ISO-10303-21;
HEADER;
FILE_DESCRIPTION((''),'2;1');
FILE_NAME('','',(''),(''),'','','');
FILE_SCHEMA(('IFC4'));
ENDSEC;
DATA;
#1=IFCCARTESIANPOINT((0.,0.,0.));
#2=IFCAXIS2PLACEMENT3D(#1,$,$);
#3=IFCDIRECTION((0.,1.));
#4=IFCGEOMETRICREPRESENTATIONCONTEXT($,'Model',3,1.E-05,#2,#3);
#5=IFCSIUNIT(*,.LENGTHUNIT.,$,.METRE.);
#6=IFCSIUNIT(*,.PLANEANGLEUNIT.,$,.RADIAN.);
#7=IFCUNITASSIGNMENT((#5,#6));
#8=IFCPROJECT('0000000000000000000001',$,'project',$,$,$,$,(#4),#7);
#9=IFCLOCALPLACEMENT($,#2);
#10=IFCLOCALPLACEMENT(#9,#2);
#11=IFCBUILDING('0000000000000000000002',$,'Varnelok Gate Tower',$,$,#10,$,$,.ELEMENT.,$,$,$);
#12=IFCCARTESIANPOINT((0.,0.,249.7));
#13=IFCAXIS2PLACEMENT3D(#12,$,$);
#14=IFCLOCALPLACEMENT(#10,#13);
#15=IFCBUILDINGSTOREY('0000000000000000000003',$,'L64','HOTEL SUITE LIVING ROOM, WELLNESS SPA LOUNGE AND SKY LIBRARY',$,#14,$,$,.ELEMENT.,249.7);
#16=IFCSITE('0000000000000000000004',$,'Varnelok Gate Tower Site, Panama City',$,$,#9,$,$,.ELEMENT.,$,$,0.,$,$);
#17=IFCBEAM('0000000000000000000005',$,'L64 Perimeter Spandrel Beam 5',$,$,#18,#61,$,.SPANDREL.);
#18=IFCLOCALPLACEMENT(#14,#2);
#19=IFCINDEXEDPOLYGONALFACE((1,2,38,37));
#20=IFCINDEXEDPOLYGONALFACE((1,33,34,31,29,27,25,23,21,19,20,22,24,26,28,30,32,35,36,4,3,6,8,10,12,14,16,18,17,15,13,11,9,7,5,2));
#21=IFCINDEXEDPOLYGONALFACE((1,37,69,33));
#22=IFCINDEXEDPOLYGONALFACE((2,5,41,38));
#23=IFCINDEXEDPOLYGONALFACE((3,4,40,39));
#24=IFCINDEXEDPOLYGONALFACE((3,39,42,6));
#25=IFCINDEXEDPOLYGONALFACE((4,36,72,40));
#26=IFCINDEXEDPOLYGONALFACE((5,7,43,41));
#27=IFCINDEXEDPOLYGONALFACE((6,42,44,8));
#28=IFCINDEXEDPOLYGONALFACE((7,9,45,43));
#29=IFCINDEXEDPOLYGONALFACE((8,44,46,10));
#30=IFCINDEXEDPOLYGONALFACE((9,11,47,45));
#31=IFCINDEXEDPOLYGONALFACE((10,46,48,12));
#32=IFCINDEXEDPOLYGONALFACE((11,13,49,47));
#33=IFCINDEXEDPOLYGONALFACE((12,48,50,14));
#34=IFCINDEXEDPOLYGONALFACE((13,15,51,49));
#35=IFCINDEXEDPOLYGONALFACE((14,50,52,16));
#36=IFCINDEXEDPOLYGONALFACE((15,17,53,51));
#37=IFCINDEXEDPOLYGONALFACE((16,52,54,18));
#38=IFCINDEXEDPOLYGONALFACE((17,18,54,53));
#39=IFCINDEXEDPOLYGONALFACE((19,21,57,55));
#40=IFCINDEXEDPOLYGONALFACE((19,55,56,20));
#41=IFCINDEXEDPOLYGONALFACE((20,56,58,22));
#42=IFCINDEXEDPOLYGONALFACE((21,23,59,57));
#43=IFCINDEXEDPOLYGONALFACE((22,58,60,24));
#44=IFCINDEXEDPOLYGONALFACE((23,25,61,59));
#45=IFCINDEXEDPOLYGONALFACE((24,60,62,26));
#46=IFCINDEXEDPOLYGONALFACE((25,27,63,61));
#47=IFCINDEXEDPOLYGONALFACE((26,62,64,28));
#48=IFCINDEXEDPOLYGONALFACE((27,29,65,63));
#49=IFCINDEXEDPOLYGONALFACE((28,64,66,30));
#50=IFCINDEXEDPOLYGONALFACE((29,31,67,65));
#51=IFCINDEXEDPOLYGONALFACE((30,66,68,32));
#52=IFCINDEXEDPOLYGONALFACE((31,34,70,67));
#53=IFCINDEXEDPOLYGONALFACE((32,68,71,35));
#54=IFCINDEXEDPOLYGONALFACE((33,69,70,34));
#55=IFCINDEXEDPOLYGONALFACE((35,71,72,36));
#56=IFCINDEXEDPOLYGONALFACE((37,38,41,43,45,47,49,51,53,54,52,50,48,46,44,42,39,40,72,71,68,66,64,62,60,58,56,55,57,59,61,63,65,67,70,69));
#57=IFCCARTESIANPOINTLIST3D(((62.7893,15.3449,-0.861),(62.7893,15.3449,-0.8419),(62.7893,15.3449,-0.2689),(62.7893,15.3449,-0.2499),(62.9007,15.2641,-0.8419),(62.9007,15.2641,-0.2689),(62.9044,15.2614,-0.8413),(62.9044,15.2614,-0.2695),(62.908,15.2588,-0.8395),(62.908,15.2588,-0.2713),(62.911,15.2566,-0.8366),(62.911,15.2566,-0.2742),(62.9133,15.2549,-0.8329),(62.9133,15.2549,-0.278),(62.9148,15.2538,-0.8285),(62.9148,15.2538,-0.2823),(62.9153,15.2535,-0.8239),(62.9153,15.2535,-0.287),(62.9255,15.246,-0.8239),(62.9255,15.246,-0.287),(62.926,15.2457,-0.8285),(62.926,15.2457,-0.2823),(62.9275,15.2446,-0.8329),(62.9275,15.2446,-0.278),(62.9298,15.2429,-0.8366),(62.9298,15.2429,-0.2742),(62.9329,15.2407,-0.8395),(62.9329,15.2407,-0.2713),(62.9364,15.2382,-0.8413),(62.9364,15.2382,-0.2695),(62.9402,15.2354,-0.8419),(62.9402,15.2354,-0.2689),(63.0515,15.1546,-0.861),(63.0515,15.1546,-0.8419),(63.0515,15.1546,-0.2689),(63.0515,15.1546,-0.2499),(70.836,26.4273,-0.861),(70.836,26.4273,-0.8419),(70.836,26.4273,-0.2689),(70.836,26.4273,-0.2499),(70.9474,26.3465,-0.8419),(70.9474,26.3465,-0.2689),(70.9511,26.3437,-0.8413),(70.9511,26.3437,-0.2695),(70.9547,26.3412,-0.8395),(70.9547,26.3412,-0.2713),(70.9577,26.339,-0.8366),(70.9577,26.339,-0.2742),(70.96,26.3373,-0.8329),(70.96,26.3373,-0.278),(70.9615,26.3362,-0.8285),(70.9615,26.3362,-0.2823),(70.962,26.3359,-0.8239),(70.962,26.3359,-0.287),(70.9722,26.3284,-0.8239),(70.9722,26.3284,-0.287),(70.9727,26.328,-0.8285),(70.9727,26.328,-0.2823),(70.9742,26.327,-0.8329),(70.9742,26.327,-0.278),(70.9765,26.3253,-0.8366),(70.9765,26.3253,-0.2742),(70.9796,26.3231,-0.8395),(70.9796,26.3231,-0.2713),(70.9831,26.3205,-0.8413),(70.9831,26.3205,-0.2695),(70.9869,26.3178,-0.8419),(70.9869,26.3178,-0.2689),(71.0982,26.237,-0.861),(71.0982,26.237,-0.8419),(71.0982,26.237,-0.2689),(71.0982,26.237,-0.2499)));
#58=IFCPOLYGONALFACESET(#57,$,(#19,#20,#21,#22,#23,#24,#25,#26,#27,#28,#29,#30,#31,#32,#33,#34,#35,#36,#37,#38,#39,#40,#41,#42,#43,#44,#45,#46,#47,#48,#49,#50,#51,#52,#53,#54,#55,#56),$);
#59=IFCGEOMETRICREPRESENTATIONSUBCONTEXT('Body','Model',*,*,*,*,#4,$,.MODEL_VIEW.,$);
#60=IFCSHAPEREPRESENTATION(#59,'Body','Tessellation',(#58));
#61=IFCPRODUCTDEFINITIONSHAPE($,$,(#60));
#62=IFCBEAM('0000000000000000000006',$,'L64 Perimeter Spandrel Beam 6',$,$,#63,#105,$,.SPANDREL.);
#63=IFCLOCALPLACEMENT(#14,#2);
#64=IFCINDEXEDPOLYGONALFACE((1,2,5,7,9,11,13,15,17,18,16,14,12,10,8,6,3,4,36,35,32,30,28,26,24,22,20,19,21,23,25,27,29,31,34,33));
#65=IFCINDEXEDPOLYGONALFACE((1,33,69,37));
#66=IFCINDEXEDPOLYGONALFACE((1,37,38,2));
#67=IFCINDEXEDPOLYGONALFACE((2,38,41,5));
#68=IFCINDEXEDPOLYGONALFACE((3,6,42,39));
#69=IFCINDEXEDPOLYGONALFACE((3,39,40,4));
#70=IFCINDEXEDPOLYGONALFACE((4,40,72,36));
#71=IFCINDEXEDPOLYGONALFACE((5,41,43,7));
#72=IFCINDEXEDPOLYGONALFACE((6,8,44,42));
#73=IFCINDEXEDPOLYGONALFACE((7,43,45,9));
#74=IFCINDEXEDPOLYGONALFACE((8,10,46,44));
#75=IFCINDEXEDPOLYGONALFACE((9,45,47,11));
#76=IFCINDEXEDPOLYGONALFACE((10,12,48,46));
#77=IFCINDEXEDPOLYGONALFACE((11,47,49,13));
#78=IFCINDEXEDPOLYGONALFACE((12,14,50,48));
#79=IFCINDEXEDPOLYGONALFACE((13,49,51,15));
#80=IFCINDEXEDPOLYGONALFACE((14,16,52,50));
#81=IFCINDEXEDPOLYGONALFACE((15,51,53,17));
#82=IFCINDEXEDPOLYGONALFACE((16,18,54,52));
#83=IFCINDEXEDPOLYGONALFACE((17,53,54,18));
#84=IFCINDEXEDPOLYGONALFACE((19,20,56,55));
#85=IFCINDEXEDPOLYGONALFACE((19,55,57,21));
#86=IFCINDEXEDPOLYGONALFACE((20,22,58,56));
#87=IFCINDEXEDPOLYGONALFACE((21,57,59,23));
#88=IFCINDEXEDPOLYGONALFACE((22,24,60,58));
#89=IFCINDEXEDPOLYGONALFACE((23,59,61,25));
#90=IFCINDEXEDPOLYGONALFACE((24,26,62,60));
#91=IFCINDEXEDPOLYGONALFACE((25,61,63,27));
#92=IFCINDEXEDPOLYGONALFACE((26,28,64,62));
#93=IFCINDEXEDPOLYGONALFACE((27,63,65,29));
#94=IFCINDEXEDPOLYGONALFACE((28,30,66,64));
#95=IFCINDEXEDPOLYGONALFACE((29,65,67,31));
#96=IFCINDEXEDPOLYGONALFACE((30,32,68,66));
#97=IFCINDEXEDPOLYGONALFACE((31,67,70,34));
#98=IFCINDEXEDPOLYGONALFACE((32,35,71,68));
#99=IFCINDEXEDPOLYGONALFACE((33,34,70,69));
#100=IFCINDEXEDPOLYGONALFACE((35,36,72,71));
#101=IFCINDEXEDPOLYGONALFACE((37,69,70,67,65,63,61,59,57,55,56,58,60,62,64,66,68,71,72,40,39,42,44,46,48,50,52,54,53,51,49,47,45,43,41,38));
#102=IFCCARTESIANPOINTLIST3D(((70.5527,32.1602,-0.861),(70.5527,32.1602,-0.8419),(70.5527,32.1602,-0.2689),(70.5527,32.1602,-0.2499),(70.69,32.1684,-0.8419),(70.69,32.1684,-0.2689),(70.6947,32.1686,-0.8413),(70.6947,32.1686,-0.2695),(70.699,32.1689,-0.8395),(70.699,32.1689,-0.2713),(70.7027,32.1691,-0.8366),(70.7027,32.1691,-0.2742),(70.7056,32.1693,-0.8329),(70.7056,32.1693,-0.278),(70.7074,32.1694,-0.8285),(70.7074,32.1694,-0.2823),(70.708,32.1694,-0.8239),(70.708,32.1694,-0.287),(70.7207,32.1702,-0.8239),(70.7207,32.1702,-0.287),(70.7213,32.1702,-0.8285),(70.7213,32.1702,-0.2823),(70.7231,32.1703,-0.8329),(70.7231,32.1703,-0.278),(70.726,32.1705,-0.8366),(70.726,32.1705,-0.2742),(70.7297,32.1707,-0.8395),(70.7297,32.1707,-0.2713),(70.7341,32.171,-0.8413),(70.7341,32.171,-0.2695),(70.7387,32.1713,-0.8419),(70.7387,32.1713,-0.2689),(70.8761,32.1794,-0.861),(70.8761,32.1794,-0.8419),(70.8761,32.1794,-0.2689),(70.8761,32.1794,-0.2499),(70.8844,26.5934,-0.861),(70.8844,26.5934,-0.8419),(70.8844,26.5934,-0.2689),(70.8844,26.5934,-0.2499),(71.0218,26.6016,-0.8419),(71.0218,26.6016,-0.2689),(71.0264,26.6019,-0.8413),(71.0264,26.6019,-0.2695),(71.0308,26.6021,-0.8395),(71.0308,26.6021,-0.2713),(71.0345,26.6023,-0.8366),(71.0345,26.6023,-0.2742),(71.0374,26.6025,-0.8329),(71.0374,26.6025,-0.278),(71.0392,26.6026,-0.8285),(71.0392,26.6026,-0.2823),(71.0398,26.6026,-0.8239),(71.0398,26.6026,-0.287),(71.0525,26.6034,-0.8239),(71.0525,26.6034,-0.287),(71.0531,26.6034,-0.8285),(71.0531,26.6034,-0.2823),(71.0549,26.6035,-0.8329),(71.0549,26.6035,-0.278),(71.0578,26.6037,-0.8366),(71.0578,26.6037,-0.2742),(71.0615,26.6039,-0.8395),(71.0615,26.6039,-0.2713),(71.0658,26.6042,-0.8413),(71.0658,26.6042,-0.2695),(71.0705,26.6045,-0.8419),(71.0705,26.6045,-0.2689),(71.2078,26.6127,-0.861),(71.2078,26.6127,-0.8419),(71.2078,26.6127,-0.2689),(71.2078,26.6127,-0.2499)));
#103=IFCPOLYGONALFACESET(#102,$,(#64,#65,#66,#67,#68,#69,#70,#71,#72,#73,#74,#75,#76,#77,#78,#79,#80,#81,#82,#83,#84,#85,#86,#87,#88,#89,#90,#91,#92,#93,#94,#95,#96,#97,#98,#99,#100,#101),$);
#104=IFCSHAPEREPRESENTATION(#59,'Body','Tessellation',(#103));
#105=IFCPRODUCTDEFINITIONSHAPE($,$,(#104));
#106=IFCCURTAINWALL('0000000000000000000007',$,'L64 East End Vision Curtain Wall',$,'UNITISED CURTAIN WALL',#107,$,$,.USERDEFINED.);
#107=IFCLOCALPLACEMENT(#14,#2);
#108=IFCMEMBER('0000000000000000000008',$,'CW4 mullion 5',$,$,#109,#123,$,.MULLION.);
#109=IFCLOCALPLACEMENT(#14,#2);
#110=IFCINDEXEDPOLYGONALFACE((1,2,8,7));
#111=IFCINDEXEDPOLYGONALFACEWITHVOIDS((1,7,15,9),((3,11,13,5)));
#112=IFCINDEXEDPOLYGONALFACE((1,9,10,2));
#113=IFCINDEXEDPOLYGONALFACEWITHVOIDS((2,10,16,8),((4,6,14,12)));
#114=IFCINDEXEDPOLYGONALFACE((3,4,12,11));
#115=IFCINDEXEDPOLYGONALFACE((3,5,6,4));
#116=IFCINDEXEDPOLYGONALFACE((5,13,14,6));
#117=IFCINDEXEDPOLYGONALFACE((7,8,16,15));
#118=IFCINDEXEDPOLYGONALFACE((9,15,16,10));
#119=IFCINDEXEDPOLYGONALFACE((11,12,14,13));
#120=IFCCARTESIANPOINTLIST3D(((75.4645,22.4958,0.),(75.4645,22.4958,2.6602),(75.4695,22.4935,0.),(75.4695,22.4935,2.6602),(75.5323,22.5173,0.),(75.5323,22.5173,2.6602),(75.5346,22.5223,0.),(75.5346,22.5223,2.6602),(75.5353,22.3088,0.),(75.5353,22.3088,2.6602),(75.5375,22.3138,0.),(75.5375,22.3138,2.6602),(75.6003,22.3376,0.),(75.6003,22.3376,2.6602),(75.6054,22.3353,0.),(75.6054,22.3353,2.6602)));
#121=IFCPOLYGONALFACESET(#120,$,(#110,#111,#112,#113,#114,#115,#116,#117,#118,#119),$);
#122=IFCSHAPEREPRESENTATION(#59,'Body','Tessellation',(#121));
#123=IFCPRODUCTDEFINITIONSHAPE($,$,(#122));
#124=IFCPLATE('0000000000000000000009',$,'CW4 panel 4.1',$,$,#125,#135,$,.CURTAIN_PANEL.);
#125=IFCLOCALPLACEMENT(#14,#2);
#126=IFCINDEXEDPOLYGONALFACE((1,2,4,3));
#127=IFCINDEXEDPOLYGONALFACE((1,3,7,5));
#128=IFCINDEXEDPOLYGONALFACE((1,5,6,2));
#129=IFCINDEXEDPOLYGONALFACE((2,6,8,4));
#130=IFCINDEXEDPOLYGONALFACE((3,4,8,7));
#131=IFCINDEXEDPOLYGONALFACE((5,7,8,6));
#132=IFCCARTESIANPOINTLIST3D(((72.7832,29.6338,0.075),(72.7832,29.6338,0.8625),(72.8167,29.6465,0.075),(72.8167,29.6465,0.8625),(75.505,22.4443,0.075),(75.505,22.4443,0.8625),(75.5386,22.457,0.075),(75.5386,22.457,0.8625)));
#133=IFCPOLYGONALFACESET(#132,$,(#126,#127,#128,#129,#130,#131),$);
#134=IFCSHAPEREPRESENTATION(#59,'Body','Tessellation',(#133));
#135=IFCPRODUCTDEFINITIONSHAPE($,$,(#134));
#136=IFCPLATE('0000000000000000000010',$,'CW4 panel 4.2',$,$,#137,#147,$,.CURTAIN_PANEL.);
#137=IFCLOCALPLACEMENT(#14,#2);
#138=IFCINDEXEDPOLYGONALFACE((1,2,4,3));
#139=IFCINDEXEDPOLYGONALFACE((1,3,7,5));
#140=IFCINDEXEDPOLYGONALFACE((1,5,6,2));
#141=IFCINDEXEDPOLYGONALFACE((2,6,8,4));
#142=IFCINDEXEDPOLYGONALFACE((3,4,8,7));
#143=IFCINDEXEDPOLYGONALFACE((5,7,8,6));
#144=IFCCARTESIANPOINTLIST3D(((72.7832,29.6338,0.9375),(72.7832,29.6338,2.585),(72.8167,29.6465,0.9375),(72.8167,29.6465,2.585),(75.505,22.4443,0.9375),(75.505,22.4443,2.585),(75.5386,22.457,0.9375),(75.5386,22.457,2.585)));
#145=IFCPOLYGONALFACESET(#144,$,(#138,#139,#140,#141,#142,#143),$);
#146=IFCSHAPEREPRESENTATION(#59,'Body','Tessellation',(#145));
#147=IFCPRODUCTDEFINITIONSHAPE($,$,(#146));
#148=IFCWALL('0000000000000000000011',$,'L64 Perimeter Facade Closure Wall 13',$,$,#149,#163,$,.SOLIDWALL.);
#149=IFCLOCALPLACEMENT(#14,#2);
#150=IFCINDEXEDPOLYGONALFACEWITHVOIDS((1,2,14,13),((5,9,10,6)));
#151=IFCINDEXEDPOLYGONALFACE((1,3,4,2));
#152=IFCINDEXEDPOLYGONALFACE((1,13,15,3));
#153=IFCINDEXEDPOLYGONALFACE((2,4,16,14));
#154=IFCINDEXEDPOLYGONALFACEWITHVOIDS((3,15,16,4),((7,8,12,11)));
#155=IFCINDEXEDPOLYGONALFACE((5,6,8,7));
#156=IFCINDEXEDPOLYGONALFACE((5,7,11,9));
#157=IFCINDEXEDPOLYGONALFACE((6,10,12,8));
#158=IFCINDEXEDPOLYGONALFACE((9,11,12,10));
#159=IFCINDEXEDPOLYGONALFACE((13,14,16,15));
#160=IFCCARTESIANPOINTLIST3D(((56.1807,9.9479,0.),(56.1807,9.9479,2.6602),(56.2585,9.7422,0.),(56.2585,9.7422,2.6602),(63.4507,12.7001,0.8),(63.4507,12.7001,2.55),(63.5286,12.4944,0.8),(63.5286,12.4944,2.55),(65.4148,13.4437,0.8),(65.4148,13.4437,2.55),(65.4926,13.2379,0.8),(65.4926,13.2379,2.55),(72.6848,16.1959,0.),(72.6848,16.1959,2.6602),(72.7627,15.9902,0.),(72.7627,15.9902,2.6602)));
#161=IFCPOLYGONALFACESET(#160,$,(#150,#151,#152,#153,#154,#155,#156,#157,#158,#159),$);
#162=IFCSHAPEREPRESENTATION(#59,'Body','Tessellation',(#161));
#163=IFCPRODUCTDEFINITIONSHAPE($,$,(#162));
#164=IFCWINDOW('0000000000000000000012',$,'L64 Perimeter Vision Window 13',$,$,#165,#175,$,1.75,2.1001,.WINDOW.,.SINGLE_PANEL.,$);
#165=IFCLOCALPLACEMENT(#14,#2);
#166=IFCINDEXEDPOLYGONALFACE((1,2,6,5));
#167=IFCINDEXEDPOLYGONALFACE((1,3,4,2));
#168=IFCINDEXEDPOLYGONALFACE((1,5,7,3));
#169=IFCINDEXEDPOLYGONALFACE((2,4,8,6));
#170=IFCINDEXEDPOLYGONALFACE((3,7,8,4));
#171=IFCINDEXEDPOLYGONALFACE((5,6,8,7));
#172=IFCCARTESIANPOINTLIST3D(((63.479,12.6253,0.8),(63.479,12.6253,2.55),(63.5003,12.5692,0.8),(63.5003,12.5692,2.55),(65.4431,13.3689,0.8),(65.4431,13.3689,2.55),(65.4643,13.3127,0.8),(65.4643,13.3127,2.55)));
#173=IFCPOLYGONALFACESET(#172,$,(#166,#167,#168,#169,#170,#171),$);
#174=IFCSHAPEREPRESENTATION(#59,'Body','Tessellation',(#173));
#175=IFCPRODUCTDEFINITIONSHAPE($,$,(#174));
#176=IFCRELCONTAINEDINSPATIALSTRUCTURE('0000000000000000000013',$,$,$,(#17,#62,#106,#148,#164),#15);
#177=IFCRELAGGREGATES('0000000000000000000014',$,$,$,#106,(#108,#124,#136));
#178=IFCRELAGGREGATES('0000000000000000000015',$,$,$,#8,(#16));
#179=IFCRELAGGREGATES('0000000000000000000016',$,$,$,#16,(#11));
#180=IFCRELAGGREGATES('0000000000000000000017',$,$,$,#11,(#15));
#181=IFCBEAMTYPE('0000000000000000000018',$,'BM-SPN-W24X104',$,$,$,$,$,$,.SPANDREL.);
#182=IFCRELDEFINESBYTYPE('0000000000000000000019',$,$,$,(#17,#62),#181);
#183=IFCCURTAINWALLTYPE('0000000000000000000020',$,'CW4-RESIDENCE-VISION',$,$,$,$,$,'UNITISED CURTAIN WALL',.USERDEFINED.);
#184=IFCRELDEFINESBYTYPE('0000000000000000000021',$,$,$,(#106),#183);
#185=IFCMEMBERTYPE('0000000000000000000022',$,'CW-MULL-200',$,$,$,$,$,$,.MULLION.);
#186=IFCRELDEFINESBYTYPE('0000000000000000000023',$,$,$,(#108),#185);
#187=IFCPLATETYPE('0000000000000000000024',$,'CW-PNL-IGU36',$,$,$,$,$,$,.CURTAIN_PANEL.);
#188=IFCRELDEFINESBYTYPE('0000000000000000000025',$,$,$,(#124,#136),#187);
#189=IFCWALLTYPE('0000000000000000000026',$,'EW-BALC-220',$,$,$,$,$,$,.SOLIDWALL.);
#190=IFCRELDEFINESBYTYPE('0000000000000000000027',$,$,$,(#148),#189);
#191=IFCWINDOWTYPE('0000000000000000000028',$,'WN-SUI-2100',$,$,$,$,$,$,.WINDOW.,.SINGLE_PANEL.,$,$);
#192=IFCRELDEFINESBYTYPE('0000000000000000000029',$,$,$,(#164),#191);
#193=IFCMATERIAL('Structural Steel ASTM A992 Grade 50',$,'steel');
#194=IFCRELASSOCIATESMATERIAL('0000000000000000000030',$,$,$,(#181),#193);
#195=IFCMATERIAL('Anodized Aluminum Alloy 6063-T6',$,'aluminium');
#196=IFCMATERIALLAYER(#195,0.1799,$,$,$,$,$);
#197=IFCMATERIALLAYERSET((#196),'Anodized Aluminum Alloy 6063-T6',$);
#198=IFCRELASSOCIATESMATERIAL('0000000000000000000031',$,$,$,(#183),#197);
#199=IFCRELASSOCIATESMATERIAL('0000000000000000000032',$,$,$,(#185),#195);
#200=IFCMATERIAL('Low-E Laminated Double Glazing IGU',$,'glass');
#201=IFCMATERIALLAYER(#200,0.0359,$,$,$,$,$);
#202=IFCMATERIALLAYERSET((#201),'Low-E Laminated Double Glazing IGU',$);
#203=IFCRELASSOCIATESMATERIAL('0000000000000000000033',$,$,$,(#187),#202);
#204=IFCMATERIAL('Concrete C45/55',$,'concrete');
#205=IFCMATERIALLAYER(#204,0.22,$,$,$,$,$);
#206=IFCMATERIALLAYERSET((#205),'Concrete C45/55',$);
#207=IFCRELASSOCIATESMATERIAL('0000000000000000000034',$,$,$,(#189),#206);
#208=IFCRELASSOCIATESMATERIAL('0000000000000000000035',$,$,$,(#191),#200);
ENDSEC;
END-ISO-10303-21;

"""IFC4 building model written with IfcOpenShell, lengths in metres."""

from ifc_helpers import new_model, si_unit, direction, frame, frame_2d, origin, origin_2d, place, context, subcontext, project, spatial, rectangle, hollow_rectangle, i_section, extrude, source, transform, mapped, material, layer, layer_set, material_profile, profile_set, type_object, element, fill, aggregate, save


model = new_model("IFC4")

# Units and contexts
model_context = context("Model", 3, precision=1e-05, world=origin(), true_north=direction((0.0, 1.0)))
body_context = subcontext(model_context, "Body", "Model", "MODEL_VIEW")
ifc_project = project(units=[si_unit("LENGTHUNIT", "METRE"), si_unit("PLANEANGLEUNIT", "RADIAN")], contexts=[model_context])

# Site, building, storey
site_placement = place(None, origin())
site = spatial("IfcSite", under=ifc_project, at=site_placement, Name="Varnelok Gate Tower Site, Panama City", CompositionType="ELEMENT", RefElevation=0.0)
building_placement = place(site_placement, origin())
building = spatial("IfcBuilding", under=site, at=building_placement, Name="Varnelok Gate Tower", CompositionType="ELEMENT")
storey_placement = place(building_placement, frame((0.0, 0.0, 249.7)))
storey = spatial("IfcBuildingStorey", under=building, at=storey_placement, Name="L64", Description="HOTEL SUITE LIVING ROOM, WELLNESS SPA LOUNGE AND SKY LIBRARY", CompositionType="ELEMENT", Elevation=249.7)

# Shared definitions
ifc_material_1 = material(Name="Structural Steel ASTM A992 Grade 50", Category="steel")

# Beams
ifc_material_profile_1 = material_profile(ifc_material_1, i_section(OverallWidth=0.324, OverallDepth=0.6111, WebThickness=0.0127, FlangeThickness=0.019, FilletRadius=0.0181, at=origin_2d()), Name="W24X104")
ifc_profile_set_1 = profile_set([ifc_material_profile_1], Name="Structural Steel ASTM A992 Grade 50")
beam_type_1 = type_object("IfcBeamType", Name="BM-SPN-W24X104", PredefinedType="SPANDREL", material=ifc_profile_set_1)
beam_1_placement = place(storey_placement, frame((62.9204, 15.2498, -0.5554), z_axis=(0.587541, 0.809195, 0.0), x_axis=(-0.809195, 0.587541, 0.0)))
element("IfcBeam", 1, at=beam_1_placement, inside=storey, type_object=beam_type_1, Name="L64 Perimeter Spandrel Beam 5", PredefinedType="SPANDREL", context=body_context, shape_type="SweptSolid", body=[
    extrude(i_section(OverallWidth=0.324, OverallDepth=0.6111, WebThickness=0.0127, FlangeThickness=0.019, FilletRadius=0.0181, at=origin_2d()), origin(), (0.0, 0.0, 1.0), 13.6956),
])
beam_2_placement = place(storey_placement, frame((71.0461, 26.603, -0.5554), z_axis=(-0.059494, 0.998229, 0.0), x_axis=(-0.998229, -0.059494, 0.0)))
element("IfcBeam", 2, at=beam_2_placement, inside=storey, type_object=beam_type_1, Name="L64 Perimeter Spandrel Beam 6", PredefinedType="SPANDREL", context=body_context, shape_type="SweptSolid", body=[
    extrude(i_section(OverallWidth=0.324, OverallDepth=0.6111, WebThickness=0.0127, FlangeThickness=0.019, FilletRadius=0.0181, at=origin_2d()), origin(), (0.0, 0.0, 1.0), 5.5767),
])

# Curtain wall, member, plates
ifc_material_2 = material(Name="Anodized Aluminum Alloy 6063-T6", Category="aluminium")
ifc_layer_1 = layer(ifc_material_2, 0.1799)
ifc_layer_set_1 = layer_set([ifc_layer_1], Name="Anodized Aluminum Alloy 6063-T6")
curtain_wall_type = type_object("IfcCurtainWallType", Name="CW4-RESIDENCE-VISION", ElementType="UNITISED CURTAIN WALL", PredefinedType="USERDEFINED", material=ifc_layer_set_1)
curtain_wall_placement = place(storey_placement, origin())
curtain_wall = element("IfcCurtainWall", 3, at=curtain_wall_placement, inside=storey, type_object=curtain_wall_type, Name="L64 East End Vision Curtain Wall", ObjectType="UNITISED CURTAIN WALL", PredefinedType="USERDEFINED")
ifc_material_profile_2 = material_profile(ifc_material_2, hollow_rectangle(XDim=0.075, YDim=0.2, WallThickness=0.0039, at=origin_2d()), Name="ALU200X75X4")
ifc_profile_set_2 = profile_set([ifc_material_profile_2], Name="Anodized Aluminum Alloy 6063-T6")
member_type = type_object("IfcMemberType", Name="CW-MULL-200", PredefinedType="MULLION", material=ifc_profile_set_2)
member_placement = place(storey_placement, frame((75.5349, 22.4155, 0.0), z_axis=(0.0, 0.0, 1.0), x_axis=(0.935222, 0.354063, 0.0)))
member = element("IfcMember", 4, at=member_placement, type_object=member_type, Name="CW4 mullion 5", PredefinedType="MULLION", context=body_context, shape_type="SweptSolid", body=[
    extrude(hollow_rectangle(XDim=0.075, YDim=0.2, WallThickness=0.0039, at=origin_2d()), origin(), (0.0, 0.0, 1.0), 2.6602),
])
ifc_material_3 = material(Name="Low-E Laminated Double Glazing IGU", Category="glass")
ifc_layer_2 = layer(ifc_material_3, 0.0359)
ifc_layer_set_2 = layer_set([ifc_layer_2], Name="Low-E Laminated Double Glazing IGU")
plate_type = type_object("IfcPlateType", Name="CW-PNL-IGU36", PredefinedType="CURTAIN_PANEL", material=ifc_layer_set_2)
shared_shape_1 = source(origin(), body_context, "Body", "SweptSolid", [
    extrude(rectangle(XDim=7.6875, YDim=0.0359, at=origin_2d()), origin(), (0.0, 0.0, 1.0), 0.7876),
])
plate_1_placement = place(storey_placement, frame((74.1609, 26.0454, 0.075), z_axis=(0.0, 0.0, 1.0), x_axis=(0.354063, -0.935222, 0.0)))
plate_1 = element("IfcPlate", 5, at=plate_1_placement, type_object=plate_type, Name="CW4 panel 4.1", PredefinedType="CURTAIN_PANEL", context=body_context, shape_type="MappedRepresentation", body=[
    mapped(shared_shape_1, transform((0.0, 0.0, 0.0), scale=1.0)),
])
shared_shape_2 = source(origin(), body_context, "Body", "SweptSolid", [
    extrude(rectangle(XDim=7.6875, YDim=0.0359, at=origin_2d()), origin(), (0.0, 0.0, 1.0), 1.6475),
])
plate_2_placement = place(storey_placement, frame((74.1609, 26.0454, 0.9375), z_axis=(0.0, 0.0, 1.0), x_axis=(0.354063, -0.935222, 0.0)))
plate_2 = element("IfcPlate", 6, at=plate_2_placement, type_object=plate_type, Name="CW4 panel 4.2", PredefinedType="CURTAIN_PANEL", context=body_context, shape_type="MappedRepresentation", body=[
    mapped(shared_shape_2, transform((0.0, 0.0, 0.0), scale=1.0)),
])
aggregate(curtain_wall, [member, plate_1, plate_2])

# Wall, opening, window
ifc_material_4 = material(Name="Concrete C45/55", Category="concrete")
ifc_layer_3 = layer(ifc_material_4, 0.22)
ifc_layer_set_3 = layer_set([ifc_layer_3], Name="Concrete C45/55")
wall_type_1 = type_object("IfcWallType", Name="EW-BALC-220", PredefinedType="SOLIDWALL", material=ifc_layer_set_3)
wall_1_placement = place(storey_placement, frame((56.2195, 9.845, 0.0), z_axis=(0.0, 0.0, 1.0), x_axis=(0.935226, 0.354052, 0.0)))
wall_1 = element("IfcWall", 7, at=wall_1_placement, inside=storey, type_object=wall_type_1, Name="L64 Perimeter Facade Closure Wall 13", PredefinedType="SOLIDWALL", context=body_context, shape_type="SweptSolid", body=[
    extrude(rectangle(XDim=17.6472, YDim=0.22, at=frame_2d((8.8237, 0.0))), origin(), (0.0, 0.0, 1.0), 2.6602),
])
opening_1_placement = place(wall_1_placement, frame((7.7737, 0.0, 0.8)))
opening_1 = element("IfcOpeningElement", 8, at=opening_1_placement, cuts=wall_1, PredefinedType="OPENING", context=body_context, shape_type="SweptSolid", body=[
    extrude(rectangle(XDim=2.1001, YDim=1.75, at=frame_2d((1.05, 0.875))), frame((0.0, 0.1199, 0.0), z_axis=(0.0, -1.0, 0.0), x_axis=(1.0, 0.0, 0.0)), (0.0, 0.0, 1.0), 0.24),
])
window_type = type_object("IfcWindowType", Name="WN-SUI-2100", PartitioningType="SINGLE_PANEL", PredefinedType="WINDOW", material=ifc_material_3)
window_placement = place(opening_1_placement, origin())
window = element("IfcWindow", 9, at=window_placement, inside=storey, type_object=window_type, Name="L64 Perimeter Vision Window 13", OverallHeight=1.75, OverallWidth=2.1001, PartitioningType="SINGLE_PANEL", PredefinedType="WINDOW", context=body_context, shape_type="SweptSolid", body=[
    extrude(rectangle(XDim=2.1001, YDim=1.75, at=frame_2d((1.05, 0.875))), frame((0.0, 0.03, 0.0), z_axis=(0.0, -1.0, 0.0), x_axis=(1.0, 0.0, 0.0)), (0.0, 0.0, 1.0), 0.0601),
])
fill(opening_1, window)

save(model, "model.ifc")
